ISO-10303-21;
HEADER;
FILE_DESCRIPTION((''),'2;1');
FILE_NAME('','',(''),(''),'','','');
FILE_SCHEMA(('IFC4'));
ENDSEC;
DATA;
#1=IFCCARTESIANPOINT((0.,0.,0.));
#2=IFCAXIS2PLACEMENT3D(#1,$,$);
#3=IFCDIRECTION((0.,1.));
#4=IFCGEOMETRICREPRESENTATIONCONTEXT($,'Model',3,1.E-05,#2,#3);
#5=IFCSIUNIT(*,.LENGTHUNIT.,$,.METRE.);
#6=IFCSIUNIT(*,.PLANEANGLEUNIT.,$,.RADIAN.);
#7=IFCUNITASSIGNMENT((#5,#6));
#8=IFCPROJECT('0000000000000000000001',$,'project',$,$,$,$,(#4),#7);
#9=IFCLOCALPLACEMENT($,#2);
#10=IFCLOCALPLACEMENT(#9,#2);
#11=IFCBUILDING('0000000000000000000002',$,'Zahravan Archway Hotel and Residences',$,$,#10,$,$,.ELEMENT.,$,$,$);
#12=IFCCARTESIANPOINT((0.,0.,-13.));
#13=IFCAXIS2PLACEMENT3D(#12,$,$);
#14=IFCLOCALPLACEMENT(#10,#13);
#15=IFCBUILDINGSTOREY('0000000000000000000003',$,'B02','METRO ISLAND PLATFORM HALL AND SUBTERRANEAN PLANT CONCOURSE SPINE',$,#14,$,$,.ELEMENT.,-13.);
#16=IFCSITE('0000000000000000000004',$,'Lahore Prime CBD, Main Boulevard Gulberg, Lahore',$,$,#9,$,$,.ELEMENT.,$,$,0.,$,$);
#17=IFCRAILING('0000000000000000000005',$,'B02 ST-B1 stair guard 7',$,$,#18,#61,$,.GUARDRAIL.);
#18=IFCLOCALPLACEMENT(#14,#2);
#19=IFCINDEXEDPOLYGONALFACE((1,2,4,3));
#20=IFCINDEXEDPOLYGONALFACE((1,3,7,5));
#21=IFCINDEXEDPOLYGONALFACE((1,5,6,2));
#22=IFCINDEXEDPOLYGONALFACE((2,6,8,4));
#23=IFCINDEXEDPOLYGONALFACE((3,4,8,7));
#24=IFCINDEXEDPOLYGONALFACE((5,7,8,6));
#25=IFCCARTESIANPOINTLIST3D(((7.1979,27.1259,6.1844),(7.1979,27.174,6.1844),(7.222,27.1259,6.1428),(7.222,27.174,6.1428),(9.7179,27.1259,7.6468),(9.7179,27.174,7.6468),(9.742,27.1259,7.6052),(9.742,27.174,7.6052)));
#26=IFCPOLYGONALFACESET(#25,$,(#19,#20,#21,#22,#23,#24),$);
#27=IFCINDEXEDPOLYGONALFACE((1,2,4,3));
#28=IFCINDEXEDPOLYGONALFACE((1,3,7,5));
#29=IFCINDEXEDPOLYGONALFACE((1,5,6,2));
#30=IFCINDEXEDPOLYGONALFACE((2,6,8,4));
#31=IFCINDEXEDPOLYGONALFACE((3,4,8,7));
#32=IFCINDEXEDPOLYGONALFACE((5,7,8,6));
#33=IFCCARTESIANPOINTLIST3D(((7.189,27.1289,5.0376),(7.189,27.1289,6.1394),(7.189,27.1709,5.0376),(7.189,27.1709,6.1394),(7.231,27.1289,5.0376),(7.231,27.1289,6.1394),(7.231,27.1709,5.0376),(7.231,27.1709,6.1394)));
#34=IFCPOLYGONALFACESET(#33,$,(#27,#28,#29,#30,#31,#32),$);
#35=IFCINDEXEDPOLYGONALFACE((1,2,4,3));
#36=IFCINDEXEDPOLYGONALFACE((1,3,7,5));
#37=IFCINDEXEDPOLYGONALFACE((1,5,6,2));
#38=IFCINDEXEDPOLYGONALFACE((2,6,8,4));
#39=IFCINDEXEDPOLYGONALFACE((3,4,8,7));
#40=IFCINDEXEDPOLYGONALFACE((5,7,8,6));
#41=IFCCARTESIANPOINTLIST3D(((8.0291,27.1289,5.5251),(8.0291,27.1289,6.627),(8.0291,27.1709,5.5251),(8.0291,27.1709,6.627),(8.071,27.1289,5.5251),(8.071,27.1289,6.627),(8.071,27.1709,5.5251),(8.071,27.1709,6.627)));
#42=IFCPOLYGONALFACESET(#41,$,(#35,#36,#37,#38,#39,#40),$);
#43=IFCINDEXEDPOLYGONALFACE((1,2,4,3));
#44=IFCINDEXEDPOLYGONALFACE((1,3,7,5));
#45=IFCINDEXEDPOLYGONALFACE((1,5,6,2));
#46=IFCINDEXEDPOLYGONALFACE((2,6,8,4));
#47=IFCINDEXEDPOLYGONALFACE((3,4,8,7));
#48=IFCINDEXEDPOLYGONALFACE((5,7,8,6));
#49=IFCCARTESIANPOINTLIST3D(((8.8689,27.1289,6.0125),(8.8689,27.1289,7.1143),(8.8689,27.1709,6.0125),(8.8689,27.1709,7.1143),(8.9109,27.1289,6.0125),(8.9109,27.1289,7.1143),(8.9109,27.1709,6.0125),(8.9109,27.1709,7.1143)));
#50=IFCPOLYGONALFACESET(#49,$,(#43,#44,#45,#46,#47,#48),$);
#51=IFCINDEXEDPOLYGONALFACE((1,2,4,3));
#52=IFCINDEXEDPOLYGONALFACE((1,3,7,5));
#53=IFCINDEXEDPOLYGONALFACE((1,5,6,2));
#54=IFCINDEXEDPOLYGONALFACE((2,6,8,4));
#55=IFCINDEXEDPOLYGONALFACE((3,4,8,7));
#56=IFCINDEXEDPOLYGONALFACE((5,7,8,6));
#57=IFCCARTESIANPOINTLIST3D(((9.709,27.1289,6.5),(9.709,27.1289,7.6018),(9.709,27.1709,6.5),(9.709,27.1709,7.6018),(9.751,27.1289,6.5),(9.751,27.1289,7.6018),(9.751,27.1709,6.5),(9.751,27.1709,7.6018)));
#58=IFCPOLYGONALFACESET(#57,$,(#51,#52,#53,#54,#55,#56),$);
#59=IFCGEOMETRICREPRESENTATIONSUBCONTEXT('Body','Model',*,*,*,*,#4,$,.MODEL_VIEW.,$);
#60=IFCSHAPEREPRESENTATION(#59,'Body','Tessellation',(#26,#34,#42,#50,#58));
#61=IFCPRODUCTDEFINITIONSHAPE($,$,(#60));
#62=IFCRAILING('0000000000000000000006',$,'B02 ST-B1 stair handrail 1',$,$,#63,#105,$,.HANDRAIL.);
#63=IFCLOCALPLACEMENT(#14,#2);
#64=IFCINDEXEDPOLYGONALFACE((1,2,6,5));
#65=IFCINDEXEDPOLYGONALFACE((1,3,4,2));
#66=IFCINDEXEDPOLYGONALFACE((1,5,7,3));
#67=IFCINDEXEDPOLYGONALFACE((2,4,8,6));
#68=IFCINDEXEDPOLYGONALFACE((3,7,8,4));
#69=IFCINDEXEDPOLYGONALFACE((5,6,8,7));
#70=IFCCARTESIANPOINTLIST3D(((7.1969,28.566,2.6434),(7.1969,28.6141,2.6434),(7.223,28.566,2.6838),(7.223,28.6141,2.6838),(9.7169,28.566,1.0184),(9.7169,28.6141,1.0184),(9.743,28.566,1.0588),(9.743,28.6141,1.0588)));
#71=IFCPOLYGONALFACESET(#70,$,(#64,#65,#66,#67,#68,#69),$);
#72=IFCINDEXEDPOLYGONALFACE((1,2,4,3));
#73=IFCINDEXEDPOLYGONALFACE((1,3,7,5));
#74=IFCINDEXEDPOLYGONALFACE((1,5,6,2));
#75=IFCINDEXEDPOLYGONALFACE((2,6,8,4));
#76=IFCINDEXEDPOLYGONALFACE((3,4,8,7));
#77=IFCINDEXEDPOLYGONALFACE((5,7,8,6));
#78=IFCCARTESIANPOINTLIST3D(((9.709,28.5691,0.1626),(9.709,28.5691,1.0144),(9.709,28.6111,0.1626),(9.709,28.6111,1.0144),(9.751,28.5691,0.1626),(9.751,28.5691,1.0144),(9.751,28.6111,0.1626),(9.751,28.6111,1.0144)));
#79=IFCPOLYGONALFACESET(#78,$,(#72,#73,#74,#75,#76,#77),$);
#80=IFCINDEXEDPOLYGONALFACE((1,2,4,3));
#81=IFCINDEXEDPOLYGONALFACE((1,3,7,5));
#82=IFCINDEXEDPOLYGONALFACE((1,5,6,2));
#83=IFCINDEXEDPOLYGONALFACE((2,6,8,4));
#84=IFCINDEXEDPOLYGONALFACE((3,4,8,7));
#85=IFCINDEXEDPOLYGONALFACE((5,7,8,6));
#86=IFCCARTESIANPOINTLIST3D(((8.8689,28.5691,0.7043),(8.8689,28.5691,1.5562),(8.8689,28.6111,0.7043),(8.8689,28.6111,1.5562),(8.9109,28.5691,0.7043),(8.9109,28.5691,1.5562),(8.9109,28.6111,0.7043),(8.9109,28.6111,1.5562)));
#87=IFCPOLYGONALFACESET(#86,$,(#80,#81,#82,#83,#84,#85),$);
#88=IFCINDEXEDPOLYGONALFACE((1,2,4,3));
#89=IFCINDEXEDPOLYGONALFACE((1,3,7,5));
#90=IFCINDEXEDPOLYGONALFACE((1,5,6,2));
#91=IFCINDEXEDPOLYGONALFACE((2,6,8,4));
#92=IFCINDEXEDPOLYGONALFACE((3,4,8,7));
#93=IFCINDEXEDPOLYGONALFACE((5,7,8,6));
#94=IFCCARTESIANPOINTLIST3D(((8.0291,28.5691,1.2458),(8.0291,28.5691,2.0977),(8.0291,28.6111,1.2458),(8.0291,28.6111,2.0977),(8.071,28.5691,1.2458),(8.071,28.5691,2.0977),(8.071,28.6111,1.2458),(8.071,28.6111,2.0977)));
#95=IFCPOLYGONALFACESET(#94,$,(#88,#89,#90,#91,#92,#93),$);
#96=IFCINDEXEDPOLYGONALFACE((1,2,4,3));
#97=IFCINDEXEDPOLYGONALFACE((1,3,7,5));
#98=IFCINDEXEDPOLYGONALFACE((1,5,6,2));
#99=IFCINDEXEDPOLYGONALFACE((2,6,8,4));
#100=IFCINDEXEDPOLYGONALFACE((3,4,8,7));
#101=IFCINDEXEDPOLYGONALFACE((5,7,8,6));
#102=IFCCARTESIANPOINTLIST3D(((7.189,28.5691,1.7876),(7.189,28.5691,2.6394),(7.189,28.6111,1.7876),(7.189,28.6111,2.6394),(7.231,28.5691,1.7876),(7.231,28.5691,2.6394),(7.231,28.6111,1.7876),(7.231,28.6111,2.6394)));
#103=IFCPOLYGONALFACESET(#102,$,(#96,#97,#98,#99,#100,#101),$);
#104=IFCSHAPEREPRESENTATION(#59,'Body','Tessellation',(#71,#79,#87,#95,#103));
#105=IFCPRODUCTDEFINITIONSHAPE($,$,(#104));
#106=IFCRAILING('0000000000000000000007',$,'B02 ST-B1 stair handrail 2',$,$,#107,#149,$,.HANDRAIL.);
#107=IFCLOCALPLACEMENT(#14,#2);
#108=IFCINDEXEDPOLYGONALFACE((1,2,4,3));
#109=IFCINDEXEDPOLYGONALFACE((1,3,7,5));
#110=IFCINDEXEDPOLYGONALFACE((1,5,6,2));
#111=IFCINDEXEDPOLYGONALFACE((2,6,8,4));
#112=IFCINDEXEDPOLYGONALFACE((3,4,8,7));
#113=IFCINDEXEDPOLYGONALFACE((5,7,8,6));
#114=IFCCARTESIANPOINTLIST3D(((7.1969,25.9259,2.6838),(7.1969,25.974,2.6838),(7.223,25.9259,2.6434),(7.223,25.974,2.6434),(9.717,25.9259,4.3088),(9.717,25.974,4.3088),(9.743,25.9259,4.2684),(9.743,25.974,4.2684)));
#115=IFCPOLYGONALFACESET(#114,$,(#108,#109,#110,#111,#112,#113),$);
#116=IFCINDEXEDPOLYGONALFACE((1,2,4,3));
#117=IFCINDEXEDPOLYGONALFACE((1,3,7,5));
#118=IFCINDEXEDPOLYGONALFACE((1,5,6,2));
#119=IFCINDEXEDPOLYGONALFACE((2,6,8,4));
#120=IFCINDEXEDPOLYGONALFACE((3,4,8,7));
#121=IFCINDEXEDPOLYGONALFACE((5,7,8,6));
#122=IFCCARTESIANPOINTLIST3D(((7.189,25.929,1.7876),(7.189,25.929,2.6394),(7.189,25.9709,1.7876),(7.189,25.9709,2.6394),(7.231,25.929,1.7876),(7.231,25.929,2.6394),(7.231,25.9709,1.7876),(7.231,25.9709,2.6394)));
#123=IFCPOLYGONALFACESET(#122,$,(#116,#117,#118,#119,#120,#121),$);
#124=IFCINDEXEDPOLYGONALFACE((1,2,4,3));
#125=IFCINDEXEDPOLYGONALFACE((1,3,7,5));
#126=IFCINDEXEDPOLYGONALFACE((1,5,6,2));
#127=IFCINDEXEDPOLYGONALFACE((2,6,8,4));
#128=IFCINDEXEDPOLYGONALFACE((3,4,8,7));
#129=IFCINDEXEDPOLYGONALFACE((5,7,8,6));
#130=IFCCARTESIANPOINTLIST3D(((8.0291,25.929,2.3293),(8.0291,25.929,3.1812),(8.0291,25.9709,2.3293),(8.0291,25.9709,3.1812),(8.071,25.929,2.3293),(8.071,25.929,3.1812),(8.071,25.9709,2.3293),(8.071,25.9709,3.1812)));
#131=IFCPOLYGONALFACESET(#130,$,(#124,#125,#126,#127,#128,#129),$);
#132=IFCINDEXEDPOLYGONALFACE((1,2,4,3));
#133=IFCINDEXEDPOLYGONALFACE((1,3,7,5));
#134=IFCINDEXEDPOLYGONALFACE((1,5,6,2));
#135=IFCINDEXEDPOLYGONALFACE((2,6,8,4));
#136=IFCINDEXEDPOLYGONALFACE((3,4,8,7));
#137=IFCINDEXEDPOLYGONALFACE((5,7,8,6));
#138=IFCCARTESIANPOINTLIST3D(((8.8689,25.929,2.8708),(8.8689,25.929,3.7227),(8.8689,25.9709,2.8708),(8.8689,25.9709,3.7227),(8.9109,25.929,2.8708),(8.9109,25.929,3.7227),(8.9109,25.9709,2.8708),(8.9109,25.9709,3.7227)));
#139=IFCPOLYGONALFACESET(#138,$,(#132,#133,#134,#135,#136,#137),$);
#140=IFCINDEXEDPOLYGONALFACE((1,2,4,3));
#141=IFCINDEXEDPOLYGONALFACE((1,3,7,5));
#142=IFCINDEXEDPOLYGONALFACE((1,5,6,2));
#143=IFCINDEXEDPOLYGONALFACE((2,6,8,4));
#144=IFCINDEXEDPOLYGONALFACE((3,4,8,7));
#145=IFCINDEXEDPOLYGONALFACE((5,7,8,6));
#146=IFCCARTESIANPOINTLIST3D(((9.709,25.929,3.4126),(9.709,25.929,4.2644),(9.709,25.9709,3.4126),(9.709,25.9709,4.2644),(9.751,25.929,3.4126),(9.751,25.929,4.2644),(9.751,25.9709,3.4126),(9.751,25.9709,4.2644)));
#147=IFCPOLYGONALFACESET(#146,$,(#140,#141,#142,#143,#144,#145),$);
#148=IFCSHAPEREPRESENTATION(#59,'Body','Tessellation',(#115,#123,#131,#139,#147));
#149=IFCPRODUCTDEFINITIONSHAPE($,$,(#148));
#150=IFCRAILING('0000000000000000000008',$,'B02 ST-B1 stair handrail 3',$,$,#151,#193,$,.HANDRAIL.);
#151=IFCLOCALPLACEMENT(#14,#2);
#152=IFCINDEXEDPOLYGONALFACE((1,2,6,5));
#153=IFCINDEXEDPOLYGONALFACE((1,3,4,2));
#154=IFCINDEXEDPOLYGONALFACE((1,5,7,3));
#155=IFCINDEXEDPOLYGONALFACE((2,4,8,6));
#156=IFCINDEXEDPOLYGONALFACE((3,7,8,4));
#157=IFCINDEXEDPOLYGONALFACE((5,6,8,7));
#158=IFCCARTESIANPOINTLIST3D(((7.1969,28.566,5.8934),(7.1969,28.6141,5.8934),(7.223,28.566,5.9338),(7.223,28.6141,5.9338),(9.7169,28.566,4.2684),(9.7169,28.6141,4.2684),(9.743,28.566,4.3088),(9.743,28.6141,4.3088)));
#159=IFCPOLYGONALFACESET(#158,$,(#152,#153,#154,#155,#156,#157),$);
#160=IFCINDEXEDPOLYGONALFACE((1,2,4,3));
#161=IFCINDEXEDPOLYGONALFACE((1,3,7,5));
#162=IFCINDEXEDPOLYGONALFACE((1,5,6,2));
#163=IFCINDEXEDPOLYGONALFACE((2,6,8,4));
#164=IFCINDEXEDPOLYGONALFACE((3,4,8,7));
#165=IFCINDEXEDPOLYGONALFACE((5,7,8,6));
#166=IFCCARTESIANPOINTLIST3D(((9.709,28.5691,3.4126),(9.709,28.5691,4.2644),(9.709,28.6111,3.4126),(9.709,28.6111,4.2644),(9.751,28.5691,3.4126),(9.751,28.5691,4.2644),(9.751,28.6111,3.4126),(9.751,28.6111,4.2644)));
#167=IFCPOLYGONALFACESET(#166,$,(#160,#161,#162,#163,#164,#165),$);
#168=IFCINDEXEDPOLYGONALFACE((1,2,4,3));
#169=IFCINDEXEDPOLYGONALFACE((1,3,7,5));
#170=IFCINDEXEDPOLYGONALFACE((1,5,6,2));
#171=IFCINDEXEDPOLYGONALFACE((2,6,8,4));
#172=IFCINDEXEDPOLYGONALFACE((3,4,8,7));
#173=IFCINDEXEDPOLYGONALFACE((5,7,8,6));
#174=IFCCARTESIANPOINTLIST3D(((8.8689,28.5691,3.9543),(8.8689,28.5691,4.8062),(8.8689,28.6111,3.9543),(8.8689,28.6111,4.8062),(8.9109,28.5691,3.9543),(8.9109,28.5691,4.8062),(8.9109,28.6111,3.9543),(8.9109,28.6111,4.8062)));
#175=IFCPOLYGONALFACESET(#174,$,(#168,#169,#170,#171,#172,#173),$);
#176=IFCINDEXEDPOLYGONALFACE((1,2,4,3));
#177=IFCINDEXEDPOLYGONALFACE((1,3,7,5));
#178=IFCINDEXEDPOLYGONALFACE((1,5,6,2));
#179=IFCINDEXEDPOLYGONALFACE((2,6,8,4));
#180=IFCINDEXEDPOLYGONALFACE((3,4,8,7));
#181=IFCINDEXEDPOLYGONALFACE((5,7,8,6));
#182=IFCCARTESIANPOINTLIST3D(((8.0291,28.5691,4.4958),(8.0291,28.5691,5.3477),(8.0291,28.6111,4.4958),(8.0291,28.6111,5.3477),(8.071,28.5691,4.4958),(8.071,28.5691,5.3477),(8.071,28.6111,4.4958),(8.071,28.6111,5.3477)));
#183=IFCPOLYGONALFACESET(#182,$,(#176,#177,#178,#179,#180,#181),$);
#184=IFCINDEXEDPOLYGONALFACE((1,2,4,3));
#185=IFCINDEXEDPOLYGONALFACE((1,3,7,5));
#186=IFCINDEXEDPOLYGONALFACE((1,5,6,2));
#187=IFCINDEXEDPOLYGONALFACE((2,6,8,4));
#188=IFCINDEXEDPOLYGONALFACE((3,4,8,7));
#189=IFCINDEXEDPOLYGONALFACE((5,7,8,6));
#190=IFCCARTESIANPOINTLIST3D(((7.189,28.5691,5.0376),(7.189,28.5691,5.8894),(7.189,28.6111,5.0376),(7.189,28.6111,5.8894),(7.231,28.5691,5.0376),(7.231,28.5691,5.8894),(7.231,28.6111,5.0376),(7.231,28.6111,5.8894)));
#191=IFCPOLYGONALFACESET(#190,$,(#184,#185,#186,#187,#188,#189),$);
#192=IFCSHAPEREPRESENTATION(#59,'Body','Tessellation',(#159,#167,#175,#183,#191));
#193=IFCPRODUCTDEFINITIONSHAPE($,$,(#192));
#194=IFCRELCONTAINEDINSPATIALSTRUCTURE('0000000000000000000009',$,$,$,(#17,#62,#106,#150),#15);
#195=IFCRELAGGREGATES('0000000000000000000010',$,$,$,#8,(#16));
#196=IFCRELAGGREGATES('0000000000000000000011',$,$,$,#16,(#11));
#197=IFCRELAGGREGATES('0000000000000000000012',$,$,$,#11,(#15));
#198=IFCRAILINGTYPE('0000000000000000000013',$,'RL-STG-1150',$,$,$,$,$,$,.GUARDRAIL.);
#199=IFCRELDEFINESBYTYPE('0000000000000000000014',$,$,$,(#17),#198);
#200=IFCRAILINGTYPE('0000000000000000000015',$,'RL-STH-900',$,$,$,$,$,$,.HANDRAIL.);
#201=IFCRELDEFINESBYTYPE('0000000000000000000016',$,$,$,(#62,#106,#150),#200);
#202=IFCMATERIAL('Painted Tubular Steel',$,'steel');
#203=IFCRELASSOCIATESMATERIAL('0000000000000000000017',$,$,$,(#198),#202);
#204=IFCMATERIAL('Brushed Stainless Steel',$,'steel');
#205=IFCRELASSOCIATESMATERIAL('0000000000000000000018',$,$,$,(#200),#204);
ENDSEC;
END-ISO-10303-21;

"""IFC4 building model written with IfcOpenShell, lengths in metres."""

from ifc_helpers import new_model, si_unit, direction, frame, origin, origin_2d, place, context, subcontext, project, spatial, rectangle, extrude, material, type_object, element, save


model = new_model("IFC4")

# Units and contexts
model_context = context("Model", 3, precision=1e-05, world=origin(), true_north=direction((0.0, 1.0)))
body_context = subcontext(model_context, "Body", "Model", "MODEL_VIEW")
ifc_project = project(units=[si_unit("LENGTHUNIT", "METRE"), si_unit("PLANEANGLEUNIT", "RADIAN")], contexts=[model_context])

# Site, building, storey
site_placement = place(None, origin())
site = spatial("IfcSite", under=ifc_project, at=site_placement, Name="Lahore Prime CBD, Main Boulevard Gulberg, Lahore", CompositionType="ELEMENT", RefElevation=0.0)
building_placement = place(site_placement, origin())
building = spatial("IfcBuilding", under=site, at=building_placement, Name="Zahravan Archway Hotel and Residences", CompositionType="ELEMENT")
storey_placement = place(building_placement, frame((0.0, 0.0, -13.0)))
storey = spatial("IfcBuildingStorey", under=building, at=storey_placement, Name="B02", Description="METRO ISLAND PLATFORM HALL AND SUBTERRANEAN PLANT CONCOURSE SPINE", CompositionType="ELEMENT", Elevation=-13.0)

# Shared definitions
ifc_material_1 = material(Name="Brushed Stainless Steel", Category="steel")

# Railings
ifc_material_2 = material(Name="Painted Tubular Steel", Category="steel")
railing_type_1 = type_object("IfcRailingType", Name="RL-STG-1150", PredefinedType="GUARDRAIL", material=ifc_material_2)
railing_1_placement = place(storey_placement, frame((7.21, 27.1499, 5.0376)))
element("IfcRailing", 1, at=railing_1_placement, inside=storey, type_object=railing_type_1, Name="B02 ST-B1 stair guard 7", PredefinedType="GUARDRAIL", context=body_context, shape_type="SweptSolid", body=[
    extrude(rectangle(XDim=0.0481, YDim=0.0481, at=origin_2d()), frame((0.0, 0.0, 1.126), z_axis=(0.864913, 0.0, 0.501921), x_axis=(0.0, 1.0, 0.0)), (0.0, 0.0, 1.0), 2.9136),
    extrude(rectangle(XDim=0.042, YDim=0.042, at=origin_2d()), origin(), (0.0, 0.0, 1.0), 1.1018),
    extrude(rectangle(XDim=0.042, YDim=0.042, at=origin_2d()), frame((0.8401, 0.0, 0.4875)), (0.0, 0.0, 1.0), 1.1018),
    extrude(rectangle(XDim=0.042, YDim=0.042, at=origin_2d()), frame((1.6799, 0.0, 0.9749)), (0.0, 0.0, 1.0), 1.1018),
    extrude(rectangle(XDim=0.042, YDim=0.042, at=origin_2d()), frame((2.52, 0.0, 1.4624)), (0.0, 0.0, 1.0), 1.1018),
])
railing_type_2 = type_object("IfcRailingType", Name="RL-STH-900", PredefinedType="HANDRAIL", material=ifc_material_1)
railing_2_placement = place(storey_placement, frame((9.73, 28.5901, 0.1626)))
element("IfcRailing", 2, at=railing_2_placement, inside=storey, type_object=railing_type_2, Name="B02 ST-B1 stair handrail 1", PredefinedType="HANDRAIL", context=body_context, shape_type="SweptSolid", body=[
    extrude(rectangle(XDim=0.0481, YDim=0.0481, at=origin_2d()), frame((0.0, 0.0, 0.876), z_axis=(-0.840421, 0.0, 0.541934), x_axis=(0.0, -1.0, 0.0)), (0.0, 0.0, 1.0), 2.9985),
    extrude(rectangle(XDim=0.042, YDim=0.042, at=origin_2d()), origin(), (0.0, 0.0, 1.0), 0.8518),
    extrude(rectangle(XDim=0.042, YDim=0.042, at=origin_2d()), frame((-0.8401, 0.0, 0.5417)), (0.0, 0.0, 1.0), 0.8518),
    extrude(rectangle(XDim=0.042, YDim=0.042, at=origin_2d()), frame((-1.6799, 0.0, 1.0833)), (0.0, 0.0, 1.0), 0.8518),
    extrude(rectangle(XDim=0.042, YDim=0.042, at=origin_2d()), frame((-2.52, 0.0, 1.625)), (0.0, 0.0, 1.0), 0.8518),
])
railing_3_placement = place(storey_placement, frame((7.21, 25.95, 1.7876)))
element("IfcRailing", 3, at=railing_3_placement, inside=storey, type_object=railing_type_2, Name="B02 ST-B1 stair handrail 2", PredefinedType="HANDRAIL", context=body_context, shape_type="SweptSolid", body=[
    extrude(rectangle(XDim=0.0481, YDim=0.0481, at=origin_2d()), frame((0.0, 0.0, 0.876), z_axis=(0.840421, 0.0, 0.541934), x_axis=(0.0, 1.0, 0.0)), (0.0, 0.0, 1.0), 2.9985),
    extrude(rectangle(XDim=0.042, YDim=0.042, at=origin_2d()), origin(), (0.0, 0.0, 1.0), 0.8518),
    extrude(rectangle(XDim=0.042, YDim=0.042, at=origin_2d()), frame((0.8401, 0.0, 0.5417)), (0.0, 0.0, 1.0), 0.8518),
    extrude(rectangle(XDim=0.042, YDim=0.042, at=origin_2d()), frame((1.6799, 0.0, 1.0833)), (0.0, 0.0, 1.0), 0.8518),
    extrude(rectangle(XDim=0.042, YDim=0.042, at=origin_2d()), frame((2.52, 0.0, 1.625)), (0.0, 0.0, 1.0), 0.8518),
])
railing_4_placement = place(storey_placement, frame((9.73, 28.5901, 3.4126)))
element("IfcRailing", 4, at=railing_4_placement, inside=storey, type_object=railing_type_2, Name="B02 ST-B1 stair handrail 3", PredefinedType="HANDRAIL", context=body_context, shape_type="SweptSolid", body=[
    extrude(rectangle(XDim=0.0481, YDim=0.0481, at=origin_2d()), frame((0.0, 0.0, 0.876), z_axis=(-0.840421, 0.0, 0.541934), x_axis=(0.0, -1.0, 0.0)), (0.0, 0.0, 1.0), 2.9985),
    extrude(rectangle(XDim=0.042, YDim=0.042, at=origin_2d()), origin(), (0.0, 0.0, 1.0), 0.8518),
    extrude(rectangle(XDim=0.042, YDim=0.042, at=origin_2d()), frame((-0.8401, 0.0, 0.5417)), (0.0, 0.0, 1.0), 0.8518),
    extrude(rectangle(XDim=0.042, YDim=0.042, at=origin_2d()), frame((-1.6799, 0.0, 1.0833)), (0.0, 0.0, 1.0), 0.8518),
    extrude(rectangle(XDim=0.042, YDim=0.042, at=origin_2d()), frame((-2.52, 0.0, 1.625)), (0.0, 0.0, 1.0), 0.8518),
])

save(model, "model.ifc")
